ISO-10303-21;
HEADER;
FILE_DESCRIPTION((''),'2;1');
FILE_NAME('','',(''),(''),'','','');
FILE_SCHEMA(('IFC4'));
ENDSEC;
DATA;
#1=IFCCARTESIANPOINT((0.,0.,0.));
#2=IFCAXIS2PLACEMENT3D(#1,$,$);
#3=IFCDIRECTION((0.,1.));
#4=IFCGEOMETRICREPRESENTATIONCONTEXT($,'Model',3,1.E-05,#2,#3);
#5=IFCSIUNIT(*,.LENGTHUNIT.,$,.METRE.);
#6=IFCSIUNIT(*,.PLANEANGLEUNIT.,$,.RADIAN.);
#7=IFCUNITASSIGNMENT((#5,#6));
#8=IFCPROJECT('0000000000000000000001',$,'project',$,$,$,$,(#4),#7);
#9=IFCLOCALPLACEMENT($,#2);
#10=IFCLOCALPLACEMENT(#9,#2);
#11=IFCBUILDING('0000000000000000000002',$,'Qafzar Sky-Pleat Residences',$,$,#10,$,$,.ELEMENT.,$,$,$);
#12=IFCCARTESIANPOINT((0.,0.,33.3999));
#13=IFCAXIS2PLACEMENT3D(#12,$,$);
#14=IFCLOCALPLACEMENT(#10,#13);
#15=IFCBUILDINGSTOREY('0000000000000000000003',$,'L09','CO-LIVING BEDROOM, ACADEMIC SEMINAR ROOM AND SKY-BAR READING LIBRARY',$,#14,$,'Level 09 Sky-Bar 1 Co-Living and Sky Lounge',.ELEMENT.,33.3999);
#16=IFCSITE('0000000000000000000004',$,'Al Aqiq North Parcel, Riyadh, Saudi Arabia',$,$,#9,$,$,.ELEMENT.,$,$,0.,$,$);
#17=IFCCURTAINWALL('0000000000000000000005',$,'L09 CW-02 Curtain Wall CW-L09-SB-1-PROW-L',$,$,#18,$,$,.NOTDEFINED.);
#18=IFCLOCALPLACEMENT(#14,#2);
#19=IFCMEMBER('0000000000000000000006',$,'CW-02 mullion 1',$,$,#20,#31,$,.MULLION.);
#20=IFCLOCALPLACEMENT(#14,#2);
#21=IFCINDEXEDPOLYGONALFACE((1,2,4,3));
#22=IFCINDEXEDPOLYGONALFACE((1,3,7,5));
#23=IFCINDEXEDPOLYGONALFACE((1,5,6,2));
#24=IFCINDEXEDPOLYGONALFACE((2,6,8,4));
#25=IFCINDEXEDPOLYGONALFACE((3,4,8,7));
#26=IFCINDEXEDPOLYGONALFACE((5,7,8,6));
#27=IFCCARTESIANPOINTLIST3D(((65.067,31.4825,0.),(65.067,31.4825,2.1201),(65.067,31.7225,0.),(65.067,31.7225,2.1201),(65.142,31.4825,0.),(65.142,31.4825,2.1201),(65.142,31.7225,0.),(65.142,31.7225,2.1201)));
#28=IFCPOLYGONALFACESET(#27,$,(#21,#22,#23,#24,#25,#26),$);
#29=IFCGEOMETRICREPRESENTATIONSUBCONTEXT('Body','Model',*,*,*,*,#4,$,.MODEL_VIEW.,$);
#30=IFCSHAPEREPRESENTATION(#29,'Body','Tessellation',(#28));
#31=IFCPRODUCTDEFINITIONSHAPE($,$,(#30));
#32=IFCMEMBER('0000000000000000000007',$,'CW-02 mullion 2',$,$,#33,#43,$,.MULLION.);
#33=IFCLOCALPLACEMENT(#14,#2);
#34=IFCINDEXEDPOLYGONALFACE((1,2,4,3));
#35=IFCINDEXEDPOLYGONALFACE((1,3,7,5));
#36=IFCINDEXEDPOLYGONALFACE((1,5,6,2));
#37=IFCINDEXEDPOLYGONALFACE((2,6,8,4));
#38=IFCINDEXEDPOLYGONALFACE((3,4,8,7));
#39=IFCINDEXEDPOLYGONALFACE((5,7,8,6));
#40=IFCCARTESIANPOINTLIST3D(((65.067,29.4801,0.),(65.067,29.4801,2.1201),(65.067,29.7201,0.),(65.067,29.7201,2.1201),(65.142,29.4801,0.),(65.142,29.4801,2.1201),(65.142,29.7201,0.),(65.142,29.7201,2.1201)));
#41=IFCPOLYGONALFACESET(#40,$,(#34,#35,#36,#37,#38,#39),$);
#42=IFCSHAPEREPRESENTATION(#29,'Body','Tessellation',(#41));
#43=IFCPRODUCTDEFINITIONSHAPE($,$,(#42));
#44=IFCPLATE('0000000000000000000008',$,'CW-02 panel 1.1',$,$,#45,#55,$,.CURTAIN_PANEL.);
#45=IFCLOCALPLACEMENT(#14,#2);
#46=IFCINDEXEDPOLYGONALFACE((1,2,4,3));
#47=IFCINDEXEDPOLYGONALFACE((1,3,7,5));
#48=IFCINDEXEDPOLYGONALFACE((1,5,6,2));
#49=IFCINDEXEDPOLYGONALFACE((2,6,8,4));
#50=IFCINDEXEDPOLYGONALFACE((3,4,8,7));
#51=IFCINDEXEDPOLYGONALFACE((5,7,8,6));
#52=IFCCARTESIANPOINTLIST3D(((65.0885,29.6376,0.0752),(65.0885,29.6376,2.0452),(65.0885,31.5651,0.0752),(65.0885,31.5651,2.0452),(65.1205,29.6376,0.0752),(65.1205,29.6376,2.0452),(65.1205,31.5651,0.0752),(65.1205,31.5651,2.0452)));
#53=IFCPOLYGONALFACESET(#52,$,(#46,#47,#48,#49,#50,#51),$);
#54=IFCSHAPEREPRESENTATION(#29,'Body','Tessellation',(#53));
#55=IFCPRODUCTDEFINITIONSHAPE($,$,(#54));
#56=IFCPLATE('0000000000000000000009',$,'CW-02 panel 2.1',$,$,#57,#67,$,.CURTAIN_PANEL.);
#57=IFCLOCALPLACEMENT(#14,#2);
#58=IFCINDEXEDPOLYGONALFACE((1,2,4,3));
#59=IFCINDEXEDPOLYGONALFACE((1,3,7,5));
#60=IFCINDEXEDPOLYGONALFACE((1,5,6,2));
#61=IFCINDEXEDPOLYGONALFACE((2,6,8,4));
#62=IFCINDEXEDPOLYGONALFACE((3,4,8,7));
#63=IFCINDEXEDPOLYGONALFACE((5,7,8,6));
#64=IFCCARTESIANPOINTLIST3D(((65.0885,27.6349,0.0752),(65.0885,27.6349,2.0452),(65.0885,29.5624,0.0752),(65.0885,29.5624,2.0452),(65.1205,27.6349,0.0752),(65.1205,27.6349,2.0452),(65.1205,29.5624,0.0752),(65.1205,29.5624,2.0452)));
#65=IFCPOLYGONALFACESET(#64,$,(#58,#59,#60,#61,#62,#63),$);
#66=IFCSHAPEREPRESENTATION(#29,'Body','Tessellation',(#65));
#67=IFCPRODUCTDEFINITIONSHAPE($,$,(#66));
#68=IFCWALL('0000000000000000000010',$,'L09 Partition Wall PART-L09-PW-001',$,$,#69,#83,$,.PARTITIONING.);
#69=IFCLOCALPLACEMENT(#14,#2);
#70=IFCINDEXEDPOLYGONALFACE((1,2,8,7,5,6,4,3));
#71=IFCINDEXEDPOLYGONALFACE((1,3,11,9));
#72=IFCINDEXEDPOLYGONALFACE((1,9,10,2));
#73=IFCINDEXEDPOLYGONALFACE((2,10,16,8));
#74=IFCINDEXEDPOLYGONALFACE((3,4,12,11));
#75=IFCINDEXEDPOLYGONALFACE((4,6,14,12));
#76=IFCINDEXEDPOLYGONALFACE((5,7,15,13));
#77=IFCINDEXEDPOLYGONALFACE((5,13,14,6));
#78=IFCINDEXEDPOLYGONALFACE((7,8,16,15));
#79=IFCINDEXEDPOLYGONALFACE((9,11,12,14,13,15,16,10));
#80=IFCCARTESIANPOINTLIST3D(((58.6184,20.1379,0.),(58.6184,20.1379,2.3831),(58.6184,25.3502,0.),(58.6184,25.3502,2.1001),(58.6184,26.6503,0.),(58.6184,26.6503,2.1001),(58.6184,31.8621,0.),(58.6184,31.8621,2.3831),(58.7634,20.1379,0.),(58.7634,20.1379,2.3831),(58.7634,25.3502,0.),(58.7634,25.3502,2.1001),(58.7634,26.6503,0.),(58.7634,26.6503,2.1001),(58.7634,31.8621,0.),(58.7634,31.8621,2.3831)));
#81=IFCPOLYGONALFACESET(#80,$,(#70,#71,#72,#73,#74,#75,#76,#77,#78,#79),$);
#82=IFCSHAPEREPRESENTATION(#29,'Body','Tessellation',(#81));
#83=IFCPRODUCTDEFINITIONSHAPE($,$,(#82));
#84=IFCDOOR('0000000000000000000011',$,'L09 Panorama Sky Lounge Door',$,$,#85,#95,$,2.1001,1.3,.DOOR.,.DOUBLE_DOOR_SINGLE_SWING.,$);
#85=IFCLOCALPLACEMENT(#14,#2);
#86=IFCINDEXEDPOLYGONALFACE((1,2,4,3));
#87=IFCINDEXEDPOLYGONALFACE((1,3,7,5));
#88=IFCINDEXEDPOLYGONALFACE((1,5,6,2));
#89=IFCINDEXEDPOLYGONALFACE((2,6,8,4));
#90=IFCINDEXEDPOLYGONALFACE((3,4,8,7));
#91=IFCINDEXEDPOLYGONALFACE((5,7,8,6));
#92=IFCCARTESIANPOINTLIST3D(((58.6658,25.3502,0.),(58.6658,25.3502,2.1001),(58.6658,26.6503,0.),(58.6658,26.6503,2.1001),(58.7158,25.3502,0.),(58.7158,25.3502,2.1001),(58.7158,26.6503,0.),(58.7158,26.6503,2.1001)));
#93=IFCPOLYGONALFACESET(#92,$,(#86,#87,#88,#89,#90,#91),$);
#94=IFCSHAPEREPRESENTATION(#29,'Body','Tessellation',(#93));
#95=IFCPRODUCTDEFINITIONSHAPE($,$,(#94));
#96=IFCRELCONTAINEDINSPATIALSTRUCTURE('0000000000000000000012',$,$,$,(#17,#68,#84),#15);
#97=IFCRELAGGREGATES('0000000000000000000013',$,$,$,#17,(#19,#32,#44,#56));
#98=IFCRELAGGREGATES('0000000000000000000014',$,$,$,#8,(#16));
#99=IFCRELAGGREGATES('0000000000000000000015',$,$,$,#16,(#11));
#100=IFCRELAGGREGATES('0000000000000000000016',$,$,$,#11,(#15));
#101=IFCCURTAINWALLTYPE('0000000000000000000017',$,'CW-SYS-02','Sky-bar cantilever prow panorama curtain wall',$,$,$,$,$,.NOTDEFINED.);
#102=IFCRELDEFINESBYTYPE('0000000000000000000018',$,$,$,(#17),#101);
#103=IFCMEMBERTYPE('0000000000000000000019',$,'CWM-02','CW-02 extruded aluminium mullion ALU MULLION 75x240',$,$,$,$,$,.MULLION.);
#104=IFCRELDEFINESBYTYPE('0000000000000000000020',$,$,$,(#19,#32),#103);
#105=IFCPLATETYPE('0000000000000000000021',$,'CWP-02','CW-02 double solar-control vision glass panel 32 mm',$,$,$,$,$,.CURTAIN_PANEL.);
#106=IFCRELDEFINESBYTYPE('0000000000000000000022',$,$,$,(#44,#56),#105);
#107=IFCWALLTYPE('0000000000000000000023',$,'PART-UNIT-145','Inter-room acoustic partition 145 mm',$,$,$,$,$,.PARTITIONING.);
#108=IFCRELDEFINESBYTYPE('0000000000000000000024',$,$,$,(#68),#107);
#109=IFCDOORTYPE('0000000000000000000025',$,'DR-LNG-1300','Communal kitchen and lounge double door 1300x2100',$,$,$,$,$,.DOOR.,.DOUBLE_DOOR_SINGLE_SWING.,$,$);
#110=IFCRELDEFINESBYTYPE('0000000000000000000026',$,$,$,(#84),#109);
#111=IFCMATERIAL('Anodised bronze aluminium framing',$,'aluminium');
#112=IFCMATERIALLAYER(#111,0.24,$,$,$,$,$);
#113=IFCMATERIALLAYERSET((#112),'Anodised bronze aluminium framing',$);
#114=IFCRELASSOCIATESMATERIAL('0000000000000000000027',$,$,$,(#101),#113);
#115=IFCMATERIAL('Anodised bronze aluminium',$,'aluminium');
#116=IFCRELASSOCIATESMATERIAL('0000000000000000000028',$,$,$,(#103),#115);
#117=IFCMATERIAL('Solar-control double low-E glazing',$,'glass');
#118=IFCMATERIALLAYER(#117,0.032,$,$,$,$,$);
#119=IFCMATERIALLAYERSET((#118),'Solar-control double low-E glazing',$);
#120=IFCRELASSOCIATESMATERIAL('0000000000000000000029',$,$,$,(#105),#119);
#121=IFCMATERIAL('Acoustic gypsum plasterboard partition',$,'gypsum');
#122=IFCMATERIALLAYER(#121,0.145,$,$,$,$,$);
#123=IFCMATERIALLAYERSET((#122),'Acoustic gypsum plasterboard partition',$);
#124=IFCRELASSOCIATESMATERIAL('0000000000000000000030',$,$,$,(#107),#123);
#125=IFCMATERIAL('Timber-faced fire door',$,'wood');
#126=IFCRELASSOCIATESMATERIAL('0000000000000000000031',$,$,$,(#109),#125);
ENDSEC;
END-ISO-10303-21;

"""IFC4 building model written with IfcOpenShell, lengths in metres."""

from ifc_helpers import new_model, si_unit, direction, frame, frame_2d, origin, origin_2d, place, context, subcontext, project, spatial, rectangle, extrude, source, transform, mapped, material, layer, layer_set, material_profile, profile_set, type_object, element, fill, aggregate, save


model = new_model("IFC4")

# Units and contexts
model_context = context("Model", 3, precision=1e-05, world=origin(), true_north=direction((0.0, 1.0)))
body_context = subcontext(model_context, "Body", "Model", "MODEL_VIEW")
ifc_project = project(units=[si_unit("LENGTHUNIT", "METRE"), si_unit("PLANEANGLEUNIT", "RADIAN")], contexts=[model_context])

# Site, building, storey
site_placement = place(None, origin())
site = spatial("IfcSite", under=ifc_project, at=site_placement, Name="Al Aqiq North Parcel, Riyadh, Saudi Arabia", CompositionType="ELEMENT", RefElevation=0.0)
building_placement = place(site_placement, origin())
building = spatial("IfcBuilding", under=site, at=building_placement, Name="Qafzar Sky-Pleat Residences", CompositionType="ELEMENT")
storey_placement = place(building_placement, frame((0.0, 0.0, 33.3999)))
storey = spatial("IfcBuildingStorey", under=building, at=storey_placement, Name="L09", Description="CO-LIVING BEDROOM, ACADEMIC SEMINAR ROOM AND SKY-BAR READING LIBRARY", LongName="Level 09 Sky-Bar 1 Co-Living and Sky Lounge", CompositionType="ELEMENT", Elevation=33.3999)

# Curtain wall, members, plates
ifc_material_1 = material(Name="Anodised bronze aluminium framing", Category="aluminium")
ifc_layer_1 = layer(ifc_material_1, 0.24)
ifc_layer_set_1 = layer_set([ifc_layer_1], Name="Anodised bronze aluminium framing")
curtain_wall_type = type_object("IfcCurtainWallType", Name="CW-SYS-02", Description="Sky-bar cantilever prow panorama curtain wall", PredefinedType="NOTDEFINED", material=ifc_layer_set_1)
curtain_wall_placement = place(storey_placement, origin())
curtain_wall = element("IfcCurtainWall", 1, at=curtain_wall_placement, inside=storey, type_object=curtain_wall_type, Name="L09 CW-02 Curtain Wall CW-L09-SB-1-PROW-L", PredefinedType="NOTDEFINED")
ifc_material_2 = material(Name="Anodised bronze aluminium", Category="aluminium")
ifc_material_profile_1 = material_profile(ifc_material_2, rectangle(XDim=0.075, YDim=0.24, at=origin_2d()), Name="ALU MULLION 75x240")
ifc_profile_set_1 = profile_set([ifc_material_profile_1], Name="Anodised bronze aluminium")
member_type_1 = type_object("IfcMemberType", Name="CWM-02", Description="CW-02 extruded aluminium mullion ALU MULLION 75x240", PredefinedType="MULLION", material=ifc_profile_set_1)
shared_shape_1 = source(origin(), body_context, "Body", "SweptSolid", [
    extrude(rectangle(XDim=0.075, YDim=0.24, at=origin_2d()), origin(), (0.0, 0.0, 1.0), 2.1201),
])
member_1_placement = place(storey_placement, frame((65.1045, 31.6025, 0.0), z_axis=(0.0, 0.0, 1.0), x_axis=(1.0, 0.0, 0.0)))
member_1 = element("IfcMember", 2, at=member_1_placement, type_object=member_type_1, Name="CW-02 mullion 1", PredefinedType="MULLION", context=body_context, shape_type="MappedRepresentation", body=[
    mapped(shared_shape_1, transform((0.0, 0.0, 0.0), x_axis=(1.0, 0.0, 0.0), y_axis=(0.0, 1.0, 0.0), z_axis=(0.0, 0.0, 1.0), scale=1.0)),
])
member_2_placement = place(storey_placement, frame((65.1045, 29.6001, 0.0), z_axis=(0.0, 0.0, 1.0), x_axis=(1.0, 0.0, 0.0)))
member_2 = element("IfcMember", 3, at=member_2_placement, type_object=member_type_1, Name="CW-02 mullion 2", PredefinedType="MULLION", context=body_context, shape_type="MappedRepresentation", body=[
    mapped(shared_shape_1, transform((0.0, 0.0, 0.0), x_axis=(1.0, 0.0, 0.0), y_axis=(0.0, 1.0, 0.0), z_axis=(0.0, 0.0, 1.0), scale=1.0)),
])
ifc_material_3 = material(Name="Solar-control double low-E glazing", Category="glass")
ifc_layer_2 = layer(ifc_material_3, 0.032)
ifc_layer_set_2 = layer_set([ifc_layer_2], Name="Solar-control double low-E glazing")
plate_type = type_object("IfcPlateType", Name="CWP-02", Description="CW-02 double solar-control vision glass panel 32 mm", PredefinedType="CURTAIN_PANEL", material=ifc_layer_set_2)
shared_shape_2 = source(origin(), body_context, "Body", "SweptSolid", [
    extrude(rectangle(XDim=1.9275, YDim=0.032, at=origin_2d()), origin(), (0.0, 0.0, 1.0), 1.97),
])
plate_1_placement = place(storey_placement, frame((65.1045, 30.6013, 0.0752), z_axis=(0.0, 0.0, 1.0), x_axis=(0.0, -1.0, 0.0)))
plate_1 = element("IfcPlate", 4, at=plate_1_placement, type_object=plate_type, Name="CW-02 panel 1.1", PredefinedType="CURTAIN_PANEL", context=body_context, shape_type="MappedRepresentation", body=[
    mapped(shared_shape_2, transform((0.0, 0.0, 0.0), x_axis=(1.0, 0.0, 0.0), y_axis=(0.0, 1.0, 0.0), z_axis=(0.0, 0.0, 1.0), scale=1.0)),
])
plate_2_placement = place(storey_placement, frame((65.1045, 28.5986, 0.0752), z_axis=(0.0, 0.0, 1.0), x_axis=(0.0, -1.0, 0.0)))
plate_2 = element("IfcPlate", 5, at=plate_2_placement, type_object=plate_type, Name="CW-02 panel 2.1", PredefinedType="CURTAIN_PANEL", context=body_context, shape_type="MappedRepresentation", body=[
    mapped(shared_shape_2, transform((0.0, 0.0, 0.0), x_axis=(1.0, 0.0, 0.0), y_axis=(0.0, 1.0, 0.0), z_axis=(0.0, 0.0, 1.0), scale=1.0)),
])
aggregate(curtain_wall, [member_1, member_2, plate_1, plate_2])

# Wall, opening, door
ifc_material_4 = material(Name="Acoustic gypsum plasterboard partition", Category="gypsum")
ifc_layer_3 = layer(ifc_material_4, 0.145)
ifc_layer_set_3 = layer_set([ifc_layer_3], Name="Acoustic gypsum plasterboard partition")
wall_type = type_object("IfcWallType", Name="PART-UNIT-145", Description="Inter-room acoustic partition 145 mm", PredefinedType="PARTITIONING", material=ifc_layer_set_3)
wall_placement = place(storey_placement, frame((58.6909, 31.8621, 0.0), z_axis=(0.0, 0.0, 1.0), x_axis=(0.0, -1.0, 0.0)))
wall = element("IfcWall", 6, at=wall_placement, inside=storey, type_object=wall_type, Name="L09 Partition Wall PART-L09-PW-001", PredefinedType="PARTITIONING", context=body_context, shape_type="SweptSolid", body=[
    extrude(rectangle(XDim=11.7241, YDim=0.145, at=frame_2d((5.8621, 0.0))), origin(), (0.0, 0.0, 1.0), 2.3831),
])
opening_placement = place(wall_placement, frame((5.2119, 0.0, 0.0)))
opening = element("IfcOpeningElement", 7, at=opening_placement, cuts=wall, PredefinedType="OPENING", context=body_context, shape_type="SweptSolid", body=[
    extrude(rectangle(XDim=1.3, YDim=2.1001, at=frame_2d((0.6499, 1.05))), frame((0.0, 0.0825, 0.0), z_axis=(0.0, -1.0, 0.0), x_axis=(1.0, 0.0, 0.0)), (0.0, 0.0, 1.0), 0.165),
])
ifc_material_5 = material(Name="Timber-faced fire door", Category="wood")
door_type = type_object("IfcDoorType", Name="DR-LNG-1300", Description="Communal kitchen and lounge double door 1300x2100", OperationType="DOUBLE_DOOR_SINGLE_SWING", PredefinedType="DOOR", material=ifc_material_5)
shared_shape_3 = source(origin(), body_context, "Body", "SweptSolid", [
    extrude(rectangle(XDim=1.3, YDim=2.1001, at=frame_2d((0.6499, 1.05))), frame((0.0, 0.0249, 0.0), z_axis=(0.0, -1.0, 0.0), x_axis=(1.0, 0.0, 0.0)), (0.0, 0.0, 1.0), 0.05),
])
door_placement = place(opening_placement, origin())
door = element("IfcDoor", 8, at=door_placement, inside=storey, type_object=door_type, Name="L09 Panorama Sky Lounge Door", OperationType="DOUBLE_DOOR_SINGLE_SWING", OverallHeight=2.1001, OverallWidth=1.3, PredefinedType="DOOR", context=body_context, shape_type="MappedRepresentation", body=[
    mapped(shared_shape_3, transform((0.0, 0.0, 0.0), x_axis=(1.0, 0.0, 0.0), y_axis=(0.0, 1.0, 0.0), z_axis=(0.0, 0.0, 1.0), scale=1.0)),
])
fill(opening, door)

save(model, "model.ifc")
